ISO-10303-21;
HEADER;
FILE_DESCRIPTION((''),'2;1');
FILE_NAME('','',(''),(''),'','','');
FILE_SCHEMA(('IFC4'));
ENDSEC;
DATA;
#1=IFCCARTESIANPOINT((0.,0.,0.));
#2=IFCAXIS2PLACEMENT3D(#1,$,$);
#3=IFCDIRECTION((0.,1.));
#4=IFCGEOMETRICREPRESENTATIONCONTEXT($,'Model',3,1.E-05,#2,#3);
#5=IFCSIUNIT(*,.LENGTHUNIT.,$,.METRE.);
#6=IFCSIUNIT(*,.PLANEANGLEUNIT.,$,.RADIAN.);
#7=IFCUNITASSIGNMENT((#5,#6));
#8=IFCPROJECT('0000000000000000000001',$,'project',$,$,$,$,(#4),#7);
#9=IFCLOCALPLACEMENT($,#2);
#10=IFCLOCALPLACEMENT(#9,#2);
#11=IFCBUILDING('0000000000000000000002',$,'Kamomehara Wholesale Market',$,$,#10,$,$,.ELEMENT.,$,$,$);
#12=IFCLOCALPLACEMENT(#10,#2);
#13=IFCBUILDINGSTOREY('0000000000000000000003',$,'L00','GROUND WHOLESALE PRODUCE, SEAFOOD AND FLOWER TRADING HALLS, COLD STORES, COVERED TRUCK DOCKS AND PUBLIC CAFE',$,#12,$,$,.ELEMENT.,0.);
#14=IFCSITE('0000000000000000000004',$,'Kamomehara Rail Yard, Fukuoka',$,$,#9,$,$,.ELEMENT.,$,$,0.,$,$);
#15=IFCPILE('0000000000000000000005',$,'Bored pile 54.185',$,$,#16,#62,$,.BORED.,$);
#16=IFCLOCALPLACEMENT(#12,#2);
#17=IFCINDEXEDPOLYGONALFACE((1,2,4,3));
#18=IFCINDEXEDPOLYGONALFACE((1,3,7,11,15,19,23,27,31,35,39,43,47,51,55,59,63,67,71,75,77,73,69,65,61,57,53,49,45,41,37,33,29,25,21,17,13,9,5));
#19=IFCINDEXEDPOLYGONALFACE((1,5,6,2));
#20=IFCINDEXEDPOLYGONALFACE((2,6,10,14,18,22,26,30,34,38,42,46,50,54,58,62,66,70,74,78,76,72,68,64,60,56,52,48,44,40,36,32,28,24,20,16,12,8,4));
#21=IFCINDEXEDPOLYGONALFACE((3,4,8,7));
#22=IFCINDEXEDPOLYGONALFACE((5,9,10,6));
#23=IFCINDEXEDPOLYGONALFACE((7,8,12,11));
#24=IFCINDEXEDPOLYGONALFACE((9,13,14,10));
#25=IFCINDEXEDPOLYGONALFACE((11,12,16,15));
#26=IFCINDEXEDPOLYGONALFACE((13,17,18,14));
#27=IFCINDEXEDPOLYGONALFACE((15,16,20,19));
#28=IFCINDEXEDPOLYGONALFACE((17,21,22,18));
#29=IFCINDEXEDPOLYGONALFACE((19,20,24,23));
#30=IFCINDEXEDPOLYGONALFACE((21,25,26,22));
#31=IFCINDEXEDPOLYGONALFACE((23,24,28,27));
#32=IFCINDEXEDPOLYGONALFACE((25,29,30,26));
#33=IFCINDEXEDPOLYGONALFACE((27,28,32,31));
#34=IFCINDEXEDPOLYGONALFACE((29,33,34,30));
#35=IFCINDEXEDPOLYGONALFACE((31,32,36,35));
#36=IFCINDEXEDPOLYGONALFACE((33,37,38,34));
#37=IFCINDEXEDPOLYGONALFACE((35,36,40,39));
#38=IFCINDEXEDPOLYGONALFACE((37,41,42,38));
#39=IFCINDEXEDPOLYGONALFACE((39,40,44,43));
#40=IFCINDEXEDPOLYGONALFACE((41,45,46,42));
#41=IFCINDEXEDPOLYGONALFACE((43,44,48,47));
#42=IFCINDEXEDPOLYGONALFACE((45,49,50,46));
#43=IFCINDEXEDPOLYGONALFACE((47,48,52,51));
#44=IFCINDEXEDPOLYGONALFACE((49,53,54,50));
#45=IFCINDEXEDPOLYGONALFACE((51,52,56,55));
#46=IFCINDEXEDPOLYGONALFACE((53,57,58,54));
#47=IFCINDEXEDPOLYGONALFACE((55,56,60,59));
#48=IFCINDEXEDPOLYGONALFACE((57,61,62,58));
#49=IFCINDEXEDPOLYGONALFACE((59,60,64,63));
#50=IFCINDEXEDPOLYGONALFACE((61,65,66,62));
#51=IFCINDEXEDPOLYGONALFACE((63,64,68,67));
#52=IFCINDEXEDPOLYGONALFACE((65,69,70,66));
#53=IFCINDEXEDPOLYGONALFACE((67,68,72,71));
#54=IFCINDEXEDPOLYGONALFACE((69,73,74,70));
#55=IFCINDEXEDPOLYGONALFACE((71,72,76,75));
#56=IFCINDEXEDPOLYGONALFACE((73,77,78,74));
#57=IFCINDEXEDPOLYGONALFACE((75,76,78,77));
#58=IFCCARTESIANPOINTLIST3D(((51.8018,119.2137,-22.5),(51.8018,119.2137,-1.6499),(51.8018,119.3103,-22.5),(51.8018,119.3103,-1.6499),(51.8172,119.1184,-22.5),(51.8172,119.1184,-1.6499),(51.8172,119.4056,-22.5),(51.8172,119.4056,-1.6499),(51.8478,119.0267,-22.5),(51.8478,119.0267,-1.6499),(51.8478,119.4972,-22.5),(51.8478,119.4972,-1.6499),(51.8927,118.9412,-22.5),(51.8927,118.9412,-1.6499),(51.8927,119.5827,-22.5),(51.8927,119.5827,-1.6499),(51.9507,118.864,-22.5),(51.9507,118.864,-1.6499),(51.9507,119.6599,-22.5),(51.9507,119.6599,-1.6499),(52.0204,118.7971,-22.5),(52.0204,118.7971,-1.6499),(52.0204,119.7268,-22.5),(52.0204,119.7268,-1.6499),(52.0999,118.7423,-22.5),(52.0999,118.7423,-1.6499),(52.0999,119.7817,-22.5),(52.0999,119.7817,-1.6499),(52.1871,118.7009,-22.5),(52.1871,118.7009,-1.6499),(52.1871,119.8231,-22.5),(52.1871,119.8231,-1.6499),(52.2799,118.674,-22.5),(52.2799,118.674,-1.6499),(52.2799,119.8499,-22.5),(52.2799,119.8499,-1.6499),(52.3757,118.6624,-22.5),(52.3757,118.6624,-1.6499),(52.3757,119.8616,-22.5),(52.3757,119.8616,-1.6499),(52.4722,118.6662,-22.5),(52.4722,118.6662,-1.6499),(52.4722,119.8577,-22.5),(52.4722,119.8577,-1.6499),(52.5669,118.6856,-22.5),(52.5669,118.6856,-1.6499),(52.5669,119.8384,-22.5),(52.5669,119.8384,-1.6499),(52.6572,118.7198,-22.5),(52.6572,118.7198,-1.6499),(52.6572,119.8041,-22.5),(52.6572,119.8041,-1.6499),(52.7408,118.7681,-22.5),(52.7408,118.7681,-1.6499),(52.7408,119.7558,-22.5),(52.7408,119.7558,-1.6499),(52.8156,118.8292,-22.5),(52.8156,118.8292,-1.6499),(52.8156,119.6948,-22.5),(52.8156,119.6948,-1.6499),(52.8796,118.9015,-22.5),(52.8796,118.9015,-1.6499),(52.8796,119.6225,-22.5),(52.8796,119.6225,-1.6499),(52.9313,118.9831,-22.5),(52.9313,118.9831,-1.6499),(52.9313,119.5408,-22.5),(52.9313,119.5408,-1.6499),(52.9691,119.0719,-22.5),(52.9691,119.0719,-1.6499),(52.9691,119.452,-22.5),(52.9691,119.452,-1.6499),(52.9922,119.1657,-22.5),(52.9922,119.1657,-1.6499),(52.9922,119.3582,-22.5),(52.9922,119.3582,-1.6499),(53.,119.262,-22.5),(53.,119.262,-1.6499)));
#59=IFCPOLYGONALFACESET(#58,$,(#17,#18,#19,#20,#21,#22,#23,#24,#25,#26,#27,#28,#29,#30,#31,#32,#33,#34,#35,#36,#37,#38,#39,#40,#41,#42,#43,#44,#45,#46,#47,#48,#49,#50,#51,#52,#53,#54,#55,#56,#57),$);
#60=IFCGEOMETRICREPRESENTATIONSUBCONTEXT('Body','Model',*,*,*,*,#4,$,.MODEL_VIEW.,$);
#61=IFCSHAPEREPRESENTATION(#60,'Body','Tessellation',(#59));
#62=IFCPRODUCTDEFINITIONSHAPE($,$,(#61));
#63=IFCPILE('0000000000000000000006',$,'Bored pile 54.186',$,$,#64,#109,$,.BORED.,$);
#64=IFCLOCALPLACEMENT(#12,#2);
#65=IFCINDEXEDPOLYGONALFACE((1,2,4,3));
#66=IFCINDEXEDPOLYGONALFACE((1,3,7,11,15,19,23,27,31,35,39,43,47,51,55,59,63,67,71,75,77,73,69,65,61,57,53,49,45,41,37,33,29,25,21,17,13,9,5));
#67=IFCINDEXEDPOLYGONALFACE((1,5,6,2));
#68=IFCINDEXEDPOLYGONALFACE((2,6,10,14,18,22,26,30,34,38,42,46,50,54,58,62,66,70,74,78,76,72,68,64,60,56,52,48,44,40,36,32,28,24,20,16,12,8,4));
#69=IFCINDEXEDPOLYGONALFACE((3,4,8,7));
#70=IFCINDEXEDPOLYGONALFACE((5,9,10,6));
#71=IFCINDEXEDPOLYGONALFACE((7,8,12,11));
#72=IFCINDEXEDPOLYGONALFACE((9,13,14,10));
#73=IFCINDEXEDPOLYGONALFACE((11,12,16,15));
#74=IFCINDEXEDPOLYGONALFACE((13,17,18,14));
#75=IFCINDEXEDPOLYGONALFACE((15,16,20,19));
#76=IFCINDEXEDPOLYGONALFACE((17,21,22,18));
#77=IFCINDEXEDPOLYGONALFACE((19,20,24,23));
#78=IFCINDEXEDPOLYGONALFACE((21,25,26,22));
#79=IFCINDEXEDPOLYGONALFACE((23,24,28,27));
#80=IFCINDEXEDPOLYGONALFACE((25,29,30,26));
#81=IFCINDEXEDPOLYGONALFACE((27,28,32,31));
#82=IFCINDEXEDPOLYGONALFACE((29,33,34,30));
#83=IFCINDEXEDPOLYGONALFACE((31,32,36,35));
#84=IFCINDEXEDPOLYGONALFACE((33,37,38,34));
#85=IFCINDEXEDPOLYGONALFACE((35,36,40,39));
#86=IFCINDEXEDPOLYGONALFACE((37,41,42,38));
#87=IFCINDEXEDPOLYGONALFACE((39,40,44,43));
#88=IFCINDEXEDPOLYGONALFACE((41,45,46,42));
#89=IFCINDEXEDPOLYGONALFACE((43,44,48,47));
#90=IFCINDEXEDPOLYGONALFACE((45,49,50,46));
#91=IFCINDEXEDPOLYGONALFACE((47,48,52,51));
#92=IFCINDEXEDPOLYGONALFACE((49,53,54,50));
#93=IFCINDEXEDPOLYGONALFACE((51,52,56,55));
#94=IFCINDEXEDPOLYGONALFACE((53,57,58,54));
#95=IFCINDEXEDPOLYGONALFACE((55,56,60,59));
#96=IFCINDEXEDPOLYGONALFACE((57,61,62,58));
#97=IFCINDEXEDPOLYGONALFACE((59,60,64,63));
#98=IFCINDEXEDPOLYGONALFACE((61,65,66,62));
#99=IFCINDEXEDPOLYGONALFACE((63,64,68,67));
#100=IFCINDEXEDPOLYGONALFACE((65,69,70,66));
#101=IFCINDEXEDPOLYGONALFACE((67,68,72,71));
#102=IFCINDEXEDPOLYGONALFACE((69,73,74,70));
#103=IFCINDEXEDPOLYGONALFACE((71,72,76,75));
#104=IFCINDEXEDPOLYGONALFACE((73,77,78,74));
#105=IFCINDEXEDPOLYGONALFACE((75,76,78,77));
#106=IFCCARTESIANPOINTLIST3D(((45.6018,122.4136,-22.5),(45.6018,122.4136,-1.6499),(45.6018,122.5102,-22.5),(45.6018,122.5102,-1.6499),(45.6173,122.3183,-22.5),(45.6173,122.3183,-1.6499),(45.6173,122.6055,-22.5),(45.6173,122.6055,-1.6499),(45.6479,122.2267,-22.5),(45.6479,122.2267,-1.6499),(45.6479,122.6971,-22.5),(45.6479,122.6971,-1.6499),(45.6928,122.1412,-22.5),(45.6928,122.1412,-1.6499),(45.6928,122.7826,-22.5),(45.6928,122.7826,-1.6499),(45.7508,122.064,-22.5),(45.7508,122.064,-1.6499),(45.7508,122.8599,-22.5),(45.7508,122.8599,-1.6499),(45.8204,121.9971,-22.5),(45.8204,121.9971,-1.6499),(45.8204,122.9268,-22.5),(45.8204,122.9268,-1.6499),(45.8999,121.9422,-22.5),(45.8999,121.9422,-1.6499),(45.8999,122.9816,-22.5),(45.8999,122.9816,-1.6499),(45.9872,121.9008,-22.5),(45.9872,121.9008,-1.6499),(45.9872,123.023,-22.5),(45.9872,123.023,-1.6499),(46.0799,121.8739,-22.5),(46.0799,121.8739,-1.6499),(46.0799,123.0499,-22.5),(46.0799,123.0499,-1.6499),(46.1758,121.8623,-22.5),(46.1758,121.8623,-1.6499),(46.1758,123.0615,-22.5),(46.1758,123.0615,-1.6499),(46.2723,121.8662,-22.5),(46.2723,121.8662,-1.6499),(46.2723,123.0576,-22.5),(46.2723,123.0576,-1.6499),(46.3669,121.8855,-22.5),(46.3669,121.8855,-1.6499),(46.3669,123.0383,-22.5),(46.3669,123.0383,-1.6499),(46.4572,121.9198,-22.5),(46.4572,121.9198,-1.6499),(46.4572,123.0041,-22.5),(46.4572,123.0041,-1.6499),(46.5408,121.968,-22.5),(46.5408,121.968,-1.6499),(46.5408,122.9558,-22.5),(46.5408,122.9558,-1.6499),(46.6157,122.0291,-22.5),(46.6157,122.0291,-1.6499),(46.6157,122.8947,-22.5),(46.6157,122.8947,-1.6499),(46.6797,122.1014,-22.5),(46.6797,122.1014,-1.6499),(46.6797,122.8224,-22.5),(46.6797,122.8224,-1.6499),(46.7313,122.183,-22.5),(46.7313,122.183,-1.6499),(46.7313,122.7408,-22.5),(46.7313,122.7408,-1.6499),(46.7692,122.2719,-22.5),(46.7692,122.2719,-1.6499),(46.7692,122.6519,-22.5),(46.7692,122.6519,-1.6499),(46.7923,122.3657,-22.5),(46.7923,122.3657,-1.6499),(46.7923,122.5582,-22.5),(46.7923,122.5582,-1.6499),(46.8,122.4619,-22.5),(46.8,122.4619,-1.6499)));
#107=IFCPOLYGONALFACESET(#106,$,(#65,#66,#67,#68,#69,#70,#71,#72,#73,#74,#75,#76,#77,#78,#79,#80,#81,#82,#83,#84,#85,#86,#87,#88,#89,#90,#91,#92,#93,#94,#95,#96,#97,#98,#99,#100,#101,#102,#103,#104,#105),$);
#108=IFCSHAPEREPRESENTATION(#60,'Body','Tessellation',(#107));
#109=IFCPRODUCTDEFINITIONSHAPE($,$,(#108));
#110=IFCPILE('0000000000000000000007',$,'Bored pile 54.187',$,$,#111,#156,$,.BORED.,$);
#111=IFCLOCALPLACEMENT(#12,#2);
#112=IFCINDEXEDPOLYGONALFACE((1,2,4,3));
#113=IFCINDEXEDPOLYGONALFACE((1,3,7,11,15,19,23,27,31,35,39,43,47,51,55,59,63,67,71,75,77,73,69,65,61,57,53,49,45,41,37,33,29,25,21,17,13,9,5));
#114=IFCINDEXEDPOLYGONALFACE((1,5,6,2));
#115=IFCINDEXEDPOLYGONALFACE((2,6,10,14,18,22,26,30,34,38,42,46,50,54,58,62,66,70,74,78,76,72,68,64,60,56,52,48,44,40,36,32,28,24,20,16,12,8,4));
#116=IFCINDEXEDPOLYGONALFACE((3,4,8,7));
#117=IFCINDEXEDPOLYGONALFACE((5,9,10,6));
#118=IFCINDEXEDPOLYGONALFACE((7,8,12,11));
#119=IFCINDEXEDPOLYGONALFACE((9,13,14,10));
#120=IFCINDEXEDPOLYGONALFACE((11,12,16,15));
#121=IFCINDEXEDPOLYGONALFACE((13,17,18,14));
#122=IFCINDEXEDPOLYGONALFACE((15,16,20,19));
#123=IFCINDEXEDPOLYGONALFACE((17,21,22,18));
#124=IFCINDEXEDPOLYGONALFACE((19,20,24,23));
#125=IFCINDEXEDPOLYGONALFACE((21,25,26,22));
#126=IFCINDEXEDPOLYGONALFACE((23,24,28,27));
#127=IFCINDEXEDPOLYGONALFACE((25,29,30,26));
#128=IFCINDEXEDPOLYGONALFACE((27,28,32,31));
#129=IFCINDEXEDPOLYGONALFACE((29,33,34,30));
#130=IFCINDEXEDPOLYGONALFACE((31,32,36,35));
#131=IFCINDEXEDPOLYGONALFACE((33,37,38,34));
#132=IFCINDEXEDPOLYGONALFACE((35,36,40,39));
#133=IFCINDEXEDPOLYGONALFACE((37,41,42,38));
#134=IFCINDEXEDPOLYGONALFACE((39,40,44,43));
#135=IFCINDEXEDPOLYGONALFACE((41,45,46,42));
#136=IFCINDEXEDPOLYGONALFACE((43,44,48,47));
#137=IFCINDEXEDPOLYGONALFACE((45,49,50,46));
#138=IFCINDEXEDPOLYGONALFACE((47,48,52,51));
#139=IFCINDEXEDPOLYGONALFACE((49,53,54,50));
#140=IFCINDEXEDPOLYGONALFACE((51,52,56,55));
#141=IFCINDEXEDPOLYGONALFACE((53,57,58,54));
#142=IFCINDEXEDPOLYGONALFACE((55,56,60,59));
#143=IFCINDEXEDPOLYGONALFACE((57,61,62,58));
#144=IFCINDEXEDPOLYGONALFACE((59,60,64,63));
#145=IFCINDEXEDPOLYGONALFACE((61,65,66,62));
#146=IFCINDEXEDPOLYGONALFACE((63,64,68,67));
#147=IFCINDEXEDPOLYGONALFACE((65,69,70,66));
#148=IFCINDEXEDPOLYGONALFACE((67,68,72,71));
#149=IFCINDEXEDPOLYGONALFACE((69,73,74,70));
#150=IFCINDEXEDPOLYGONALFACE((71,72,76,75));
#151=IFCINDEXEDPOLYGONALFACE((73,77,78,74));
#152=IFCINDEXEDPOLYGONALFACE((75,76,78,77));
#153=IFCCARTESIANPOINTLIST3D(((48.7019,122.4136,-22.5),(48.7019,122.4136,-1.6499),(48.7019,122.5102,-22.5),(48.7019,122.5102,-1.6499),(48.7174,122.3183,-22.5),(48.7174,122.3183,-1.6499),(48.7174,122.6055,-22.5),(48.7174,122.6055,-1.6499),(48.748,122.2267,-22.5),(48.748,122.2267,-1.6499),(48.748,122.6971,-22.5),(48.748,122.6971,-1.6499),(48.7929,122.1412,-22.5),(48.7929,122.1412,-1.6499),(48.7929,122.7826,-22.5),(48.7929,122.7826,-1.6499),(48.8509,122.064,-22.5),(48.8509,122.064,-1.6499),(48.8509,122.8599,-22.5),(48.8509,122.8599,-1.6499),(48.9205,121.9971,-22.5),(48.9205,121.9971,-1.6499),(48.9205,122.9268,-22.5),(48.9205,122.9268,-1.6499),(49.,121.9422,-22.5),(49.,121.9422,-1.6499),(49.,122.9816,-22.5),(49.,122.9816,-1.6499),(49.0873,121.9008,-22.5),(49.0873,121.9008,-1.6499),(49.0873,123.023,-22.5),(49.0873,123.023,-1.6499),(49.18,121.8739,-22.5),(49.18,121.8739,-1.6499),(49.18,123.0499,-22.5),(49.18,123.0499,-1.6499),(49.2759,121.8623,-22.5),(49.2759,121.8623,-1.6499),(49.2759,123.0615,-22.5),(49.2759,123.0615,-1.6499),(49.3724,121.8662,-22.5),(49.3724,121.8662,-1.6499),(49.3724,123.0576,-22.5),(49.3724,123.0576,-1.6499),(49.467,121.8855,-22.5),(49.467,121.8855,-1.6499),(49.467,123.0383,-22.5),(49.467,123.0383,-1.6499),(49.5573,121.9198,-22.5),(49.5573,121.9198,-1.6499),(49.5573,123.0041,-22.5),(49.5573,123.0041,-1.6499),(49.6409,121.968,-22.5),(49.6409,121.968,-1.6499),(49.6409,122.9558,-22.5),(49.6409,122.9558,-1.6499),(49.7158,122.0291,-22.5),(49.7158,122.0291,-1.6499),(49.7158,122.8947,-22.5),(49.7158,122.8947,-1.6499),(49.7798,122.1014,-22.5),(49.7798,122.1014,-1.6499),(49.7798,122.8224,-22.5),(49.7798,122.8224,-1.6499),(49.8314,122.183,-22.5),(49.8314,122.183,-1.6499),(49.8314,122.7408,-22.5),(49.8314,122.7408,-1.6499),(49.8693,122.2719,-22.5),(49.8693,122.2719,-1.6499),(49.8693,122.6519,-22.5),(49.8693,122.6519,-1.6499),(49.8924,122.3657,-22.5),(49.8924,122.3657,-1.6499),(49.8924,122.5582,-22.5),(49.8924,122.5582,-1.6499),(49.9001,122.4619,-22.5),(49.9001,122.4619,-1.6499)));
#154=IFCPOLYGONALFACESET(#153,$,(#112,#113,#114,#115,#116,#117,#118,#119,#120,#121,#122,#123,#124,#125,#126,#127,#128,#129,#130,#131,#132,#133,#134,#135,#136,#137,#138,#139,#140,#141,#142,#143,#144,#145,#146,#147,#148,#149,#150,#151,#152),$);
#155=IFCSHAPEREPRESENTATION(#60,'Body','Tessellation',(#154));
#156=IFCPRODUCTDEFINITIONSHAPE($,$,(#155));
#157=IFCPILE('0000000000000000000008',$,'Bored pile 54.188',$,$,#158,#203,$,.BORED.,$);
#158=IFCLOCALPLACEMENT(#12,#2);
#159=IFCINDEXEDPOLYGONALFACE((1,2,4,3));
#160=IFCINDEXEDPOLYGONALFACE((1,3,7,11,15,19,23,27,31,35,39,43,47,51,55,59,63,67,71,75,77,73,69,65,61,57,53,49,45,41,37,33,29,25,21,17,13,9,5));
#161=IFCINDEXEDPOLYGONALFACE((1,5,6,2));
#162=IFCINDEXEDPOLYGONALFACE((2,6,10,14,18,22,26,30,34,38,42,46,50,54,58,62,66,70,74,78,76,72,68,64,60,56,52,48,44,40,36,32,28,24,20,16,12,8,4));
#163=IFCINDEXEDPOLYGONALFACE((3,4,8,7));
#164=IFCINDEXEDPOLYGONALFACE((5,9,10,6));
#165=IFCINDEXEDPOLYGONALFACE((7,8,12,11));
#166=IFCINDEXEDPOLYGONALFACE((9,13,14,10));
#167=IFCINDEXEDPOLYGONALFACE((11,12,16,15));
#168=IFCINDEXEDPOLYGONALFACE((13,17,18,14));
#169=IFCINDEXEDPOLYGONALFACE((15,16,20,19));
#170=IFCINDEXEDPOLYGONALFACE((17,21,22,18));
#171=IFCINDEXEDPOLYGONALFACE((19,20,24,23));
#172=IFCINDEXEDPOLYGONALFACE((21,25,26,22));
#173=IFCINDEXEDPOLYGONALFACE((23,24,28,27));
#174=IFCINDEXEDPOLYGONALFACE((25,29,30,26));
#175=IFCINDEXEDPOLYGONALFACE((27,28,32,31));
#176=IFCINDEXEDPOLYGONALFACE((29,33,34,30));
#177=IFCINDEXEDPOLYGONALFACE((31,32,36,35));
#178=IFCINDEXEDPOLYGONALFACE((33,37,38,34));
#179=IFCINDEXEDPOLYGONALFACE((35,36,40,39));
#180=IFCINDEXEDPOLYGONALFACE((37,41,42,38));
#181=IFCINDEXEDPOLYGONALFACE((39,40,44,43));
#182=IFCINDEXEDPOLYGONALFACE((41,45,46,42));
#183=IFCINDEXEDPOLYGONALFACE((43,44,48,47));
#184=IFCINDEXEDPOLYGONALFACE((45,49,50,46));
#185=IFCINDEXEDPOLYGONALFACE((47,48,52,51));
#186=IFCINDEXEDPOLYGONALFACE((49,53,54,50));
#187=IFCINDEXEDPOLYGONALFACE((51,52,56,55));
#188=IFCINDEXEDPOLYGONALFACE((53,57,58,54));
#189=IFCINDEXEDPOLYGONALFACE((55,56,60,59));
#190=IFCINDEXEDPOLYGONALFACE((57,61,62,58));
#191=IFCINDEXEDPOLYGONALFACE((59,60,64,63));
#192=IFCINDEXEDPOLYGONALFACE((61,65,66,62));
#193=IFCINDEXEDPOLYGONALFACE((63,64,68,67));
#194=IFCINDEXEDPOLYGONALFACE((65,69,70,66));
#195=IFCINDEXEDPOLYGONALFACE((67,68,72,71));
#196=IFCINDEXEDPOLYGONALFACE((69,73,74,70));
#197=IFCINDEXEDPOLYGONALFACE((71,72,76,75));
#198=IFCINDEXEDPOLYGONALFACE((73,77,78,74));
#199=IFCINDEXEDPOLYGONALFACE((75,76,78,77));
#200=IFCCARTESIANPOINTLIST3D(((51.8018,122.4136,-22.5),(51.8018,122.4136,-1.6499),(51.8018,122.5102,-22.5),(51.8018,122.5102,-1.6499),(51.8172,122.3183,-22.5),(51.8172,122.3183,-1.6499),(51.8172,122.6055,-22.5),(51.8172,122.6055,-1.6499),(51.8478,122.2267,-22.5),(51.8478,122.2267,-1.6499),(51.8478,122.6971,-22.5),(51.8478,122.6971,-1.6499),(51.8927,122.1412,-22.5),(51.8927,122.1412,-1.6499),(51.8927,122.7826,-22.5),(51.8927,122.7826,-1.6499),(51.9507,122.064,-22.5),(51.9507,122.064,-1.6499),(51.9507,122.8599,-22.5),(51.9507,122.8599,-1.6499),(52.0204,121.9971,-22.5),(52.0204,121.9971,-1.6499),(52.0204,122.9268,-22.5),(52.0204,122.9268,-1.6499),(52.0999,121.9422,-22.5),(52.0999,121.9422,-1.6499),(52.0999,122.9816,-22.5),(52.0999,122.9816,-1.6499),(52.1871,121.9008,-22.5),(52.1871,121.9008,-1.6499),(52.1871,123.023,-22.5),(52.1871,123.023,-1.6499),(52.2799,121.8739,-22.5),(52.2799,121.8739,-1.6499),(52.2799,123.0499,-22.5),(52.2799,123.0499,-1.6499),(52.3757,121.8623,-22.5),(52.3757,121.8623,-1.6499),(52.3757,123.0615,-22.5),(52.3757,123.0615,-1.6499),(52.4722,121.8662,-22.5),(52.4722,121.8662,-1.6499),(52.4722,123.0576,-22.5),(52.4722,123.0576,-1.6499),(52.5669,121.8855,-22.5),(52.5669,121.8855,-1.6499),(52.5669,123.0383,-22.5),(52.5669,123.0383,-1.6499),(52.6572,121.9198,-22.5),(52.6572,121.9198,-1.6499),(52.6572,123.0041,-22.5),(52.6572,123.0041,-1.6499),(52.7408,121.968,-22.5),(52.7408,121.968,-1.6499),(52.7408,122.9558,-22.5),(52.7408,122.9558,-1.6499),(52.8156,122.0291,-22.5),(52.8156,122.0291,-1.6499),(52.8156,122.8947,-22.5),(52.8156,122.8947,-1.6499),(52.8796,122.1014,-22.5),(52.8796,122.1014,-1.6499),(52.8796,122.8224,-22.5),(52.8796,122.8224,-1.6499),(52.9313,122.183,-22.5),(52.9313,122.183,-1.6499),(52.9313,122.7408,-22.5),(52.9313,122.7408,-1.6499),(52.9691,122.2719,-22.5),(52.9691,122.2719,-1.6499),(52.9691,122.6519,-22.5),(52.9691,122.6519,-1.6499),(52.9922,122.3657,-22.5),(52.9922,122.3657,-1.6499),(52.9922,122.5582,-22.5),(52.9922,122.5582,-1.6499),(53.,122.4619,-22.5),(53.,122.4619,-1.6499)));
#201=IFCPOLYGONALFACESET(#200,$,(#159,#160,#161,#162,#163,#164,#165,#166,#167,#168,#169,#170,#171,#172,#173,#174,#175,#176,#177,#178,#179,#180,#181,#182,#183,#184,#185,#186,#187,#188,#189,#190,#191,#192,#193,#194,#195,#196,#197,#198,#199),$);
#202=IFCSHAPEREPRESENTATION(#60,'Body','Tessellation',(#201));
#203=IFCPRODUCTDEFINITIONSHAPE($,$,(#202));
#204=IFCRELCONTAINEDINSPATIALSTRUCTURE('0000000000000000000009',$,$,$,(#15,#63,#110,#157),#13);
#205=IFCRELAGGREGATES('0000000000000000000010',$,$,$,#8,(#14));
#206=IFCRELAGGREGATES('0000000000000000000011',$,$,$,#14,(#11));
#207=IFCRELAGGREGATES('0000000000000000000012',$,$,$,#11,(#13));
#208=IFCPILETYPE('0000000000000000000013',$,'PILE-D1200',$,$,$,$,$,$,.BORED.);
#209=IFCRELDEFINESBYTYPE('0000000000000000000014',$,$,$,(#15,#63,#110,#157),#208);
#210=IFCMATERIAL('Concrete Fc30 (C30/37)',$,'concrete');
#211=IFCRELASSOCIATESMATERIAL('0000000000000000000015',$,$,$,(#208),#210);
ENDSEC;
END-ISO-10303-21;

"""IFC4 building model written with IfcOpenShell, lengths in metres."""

from ifc_helpers import new_model, si_unit, direction, frame, origin, origin_2d, place, context, subcontext, project, spatial, circle, extrude, material, material_profile, profile_set, type_object, element, save


model = new_model("IFC4")

# Units and contexts
model_context = context("Model", 3, precision=1e-05, world=origin(), true_north=direction((0.0, 1.0)))
body_context = subcontext(model_context, "Body", "Model", "MODEL_VIEW")
ifc_project = project(units=[si_unit("LENGTHUNIT", "METRE"), si_unit("PLANEANGLEUNIT", "RADIAN")], contexts=[model_context])

# Site, building, storey
site_placement = place(None, origin())
site = spatial("IfcSite", under=ifc_project, at=site_placement, Name="Kamomehara Rail Yard, Fukuoka", CompositionType="ELEMENT", RefElevation=0.0)
building_placement = place(site_placement, origin())
building = spatial("IfcBuilding", under=site, at=building_placement, Name="Kamomehara Wholesale Market", CompositionType="ELEMENT")
storey_placement = place(building_placement, origin())
storey = spatial("IfcBuildingStorey", under=building, at=storey_placement, Name="L00", Description="GROUND WHOLESALE PRODUCE, SEAFOOD AND FLOWER TRADING HALLS, COLD STORES, COVERED TRUCK DOCKS AND PUBLIC CAFE", CompositionType="ELEMENT", Elevation=0.0)

# Piles
ifc_material_1 = material(Name="Concrete Fc30 (C30/37)", Category="concrete")
ifc_material_profile_1 = material_profile(ifc_material_1, circle(Radius=0.6001, at=origin_2d()), Name="RC-PILE-D1200")
ifc_profile_set_1 = profile_set([ifc_material_profile_1], Name="Concrete Fc30 (C30/37)")
pile_type = type_object("IfcPileType", Name="PILE-D1200", PredefinedType="BORED", material=ifc_profile_set_1)
for number, where, z_axis, x_axis, name in (
    (1, (52.3999, 119.262, -1.6499), (0.0, 0.0, -1.0), (1.0, 0.0, 0.0), "Bored pile 54.185"),
    (2, (46.2, 122.4619, -1.6499), (0.0, 0.0, -1.0), (1.0, 0.0, 0.0), "Bored pile 54.186"),
    (3, (49.3, 122.4619, -1.6499), (0.0, 0.0, -1.0), (1.0, 0.0, 0.0), "Bored pile 54.187"),
    (4, (52.3999, 122.4619, -1.6499), (0.0, 0.0, -1.0), (1.0, 0.0, 0.0), "Bored pile 54.188"),
):
    element("IfcPile", number, at=place(storey_placement, frame(where, z_axis=z_axis, x_axis=x_axis)), inside=storey, type_object=pile_type, Name=name, PredefinedType="BORED", context=body_context, shape_type="SweptSolid", body=[
        extrude(circle(Radius=0.6001, at=origin_2d()), origin(), (0.0, 0.0, 1.0), 20.8501),
    ])

save(model, "model.ifc")
